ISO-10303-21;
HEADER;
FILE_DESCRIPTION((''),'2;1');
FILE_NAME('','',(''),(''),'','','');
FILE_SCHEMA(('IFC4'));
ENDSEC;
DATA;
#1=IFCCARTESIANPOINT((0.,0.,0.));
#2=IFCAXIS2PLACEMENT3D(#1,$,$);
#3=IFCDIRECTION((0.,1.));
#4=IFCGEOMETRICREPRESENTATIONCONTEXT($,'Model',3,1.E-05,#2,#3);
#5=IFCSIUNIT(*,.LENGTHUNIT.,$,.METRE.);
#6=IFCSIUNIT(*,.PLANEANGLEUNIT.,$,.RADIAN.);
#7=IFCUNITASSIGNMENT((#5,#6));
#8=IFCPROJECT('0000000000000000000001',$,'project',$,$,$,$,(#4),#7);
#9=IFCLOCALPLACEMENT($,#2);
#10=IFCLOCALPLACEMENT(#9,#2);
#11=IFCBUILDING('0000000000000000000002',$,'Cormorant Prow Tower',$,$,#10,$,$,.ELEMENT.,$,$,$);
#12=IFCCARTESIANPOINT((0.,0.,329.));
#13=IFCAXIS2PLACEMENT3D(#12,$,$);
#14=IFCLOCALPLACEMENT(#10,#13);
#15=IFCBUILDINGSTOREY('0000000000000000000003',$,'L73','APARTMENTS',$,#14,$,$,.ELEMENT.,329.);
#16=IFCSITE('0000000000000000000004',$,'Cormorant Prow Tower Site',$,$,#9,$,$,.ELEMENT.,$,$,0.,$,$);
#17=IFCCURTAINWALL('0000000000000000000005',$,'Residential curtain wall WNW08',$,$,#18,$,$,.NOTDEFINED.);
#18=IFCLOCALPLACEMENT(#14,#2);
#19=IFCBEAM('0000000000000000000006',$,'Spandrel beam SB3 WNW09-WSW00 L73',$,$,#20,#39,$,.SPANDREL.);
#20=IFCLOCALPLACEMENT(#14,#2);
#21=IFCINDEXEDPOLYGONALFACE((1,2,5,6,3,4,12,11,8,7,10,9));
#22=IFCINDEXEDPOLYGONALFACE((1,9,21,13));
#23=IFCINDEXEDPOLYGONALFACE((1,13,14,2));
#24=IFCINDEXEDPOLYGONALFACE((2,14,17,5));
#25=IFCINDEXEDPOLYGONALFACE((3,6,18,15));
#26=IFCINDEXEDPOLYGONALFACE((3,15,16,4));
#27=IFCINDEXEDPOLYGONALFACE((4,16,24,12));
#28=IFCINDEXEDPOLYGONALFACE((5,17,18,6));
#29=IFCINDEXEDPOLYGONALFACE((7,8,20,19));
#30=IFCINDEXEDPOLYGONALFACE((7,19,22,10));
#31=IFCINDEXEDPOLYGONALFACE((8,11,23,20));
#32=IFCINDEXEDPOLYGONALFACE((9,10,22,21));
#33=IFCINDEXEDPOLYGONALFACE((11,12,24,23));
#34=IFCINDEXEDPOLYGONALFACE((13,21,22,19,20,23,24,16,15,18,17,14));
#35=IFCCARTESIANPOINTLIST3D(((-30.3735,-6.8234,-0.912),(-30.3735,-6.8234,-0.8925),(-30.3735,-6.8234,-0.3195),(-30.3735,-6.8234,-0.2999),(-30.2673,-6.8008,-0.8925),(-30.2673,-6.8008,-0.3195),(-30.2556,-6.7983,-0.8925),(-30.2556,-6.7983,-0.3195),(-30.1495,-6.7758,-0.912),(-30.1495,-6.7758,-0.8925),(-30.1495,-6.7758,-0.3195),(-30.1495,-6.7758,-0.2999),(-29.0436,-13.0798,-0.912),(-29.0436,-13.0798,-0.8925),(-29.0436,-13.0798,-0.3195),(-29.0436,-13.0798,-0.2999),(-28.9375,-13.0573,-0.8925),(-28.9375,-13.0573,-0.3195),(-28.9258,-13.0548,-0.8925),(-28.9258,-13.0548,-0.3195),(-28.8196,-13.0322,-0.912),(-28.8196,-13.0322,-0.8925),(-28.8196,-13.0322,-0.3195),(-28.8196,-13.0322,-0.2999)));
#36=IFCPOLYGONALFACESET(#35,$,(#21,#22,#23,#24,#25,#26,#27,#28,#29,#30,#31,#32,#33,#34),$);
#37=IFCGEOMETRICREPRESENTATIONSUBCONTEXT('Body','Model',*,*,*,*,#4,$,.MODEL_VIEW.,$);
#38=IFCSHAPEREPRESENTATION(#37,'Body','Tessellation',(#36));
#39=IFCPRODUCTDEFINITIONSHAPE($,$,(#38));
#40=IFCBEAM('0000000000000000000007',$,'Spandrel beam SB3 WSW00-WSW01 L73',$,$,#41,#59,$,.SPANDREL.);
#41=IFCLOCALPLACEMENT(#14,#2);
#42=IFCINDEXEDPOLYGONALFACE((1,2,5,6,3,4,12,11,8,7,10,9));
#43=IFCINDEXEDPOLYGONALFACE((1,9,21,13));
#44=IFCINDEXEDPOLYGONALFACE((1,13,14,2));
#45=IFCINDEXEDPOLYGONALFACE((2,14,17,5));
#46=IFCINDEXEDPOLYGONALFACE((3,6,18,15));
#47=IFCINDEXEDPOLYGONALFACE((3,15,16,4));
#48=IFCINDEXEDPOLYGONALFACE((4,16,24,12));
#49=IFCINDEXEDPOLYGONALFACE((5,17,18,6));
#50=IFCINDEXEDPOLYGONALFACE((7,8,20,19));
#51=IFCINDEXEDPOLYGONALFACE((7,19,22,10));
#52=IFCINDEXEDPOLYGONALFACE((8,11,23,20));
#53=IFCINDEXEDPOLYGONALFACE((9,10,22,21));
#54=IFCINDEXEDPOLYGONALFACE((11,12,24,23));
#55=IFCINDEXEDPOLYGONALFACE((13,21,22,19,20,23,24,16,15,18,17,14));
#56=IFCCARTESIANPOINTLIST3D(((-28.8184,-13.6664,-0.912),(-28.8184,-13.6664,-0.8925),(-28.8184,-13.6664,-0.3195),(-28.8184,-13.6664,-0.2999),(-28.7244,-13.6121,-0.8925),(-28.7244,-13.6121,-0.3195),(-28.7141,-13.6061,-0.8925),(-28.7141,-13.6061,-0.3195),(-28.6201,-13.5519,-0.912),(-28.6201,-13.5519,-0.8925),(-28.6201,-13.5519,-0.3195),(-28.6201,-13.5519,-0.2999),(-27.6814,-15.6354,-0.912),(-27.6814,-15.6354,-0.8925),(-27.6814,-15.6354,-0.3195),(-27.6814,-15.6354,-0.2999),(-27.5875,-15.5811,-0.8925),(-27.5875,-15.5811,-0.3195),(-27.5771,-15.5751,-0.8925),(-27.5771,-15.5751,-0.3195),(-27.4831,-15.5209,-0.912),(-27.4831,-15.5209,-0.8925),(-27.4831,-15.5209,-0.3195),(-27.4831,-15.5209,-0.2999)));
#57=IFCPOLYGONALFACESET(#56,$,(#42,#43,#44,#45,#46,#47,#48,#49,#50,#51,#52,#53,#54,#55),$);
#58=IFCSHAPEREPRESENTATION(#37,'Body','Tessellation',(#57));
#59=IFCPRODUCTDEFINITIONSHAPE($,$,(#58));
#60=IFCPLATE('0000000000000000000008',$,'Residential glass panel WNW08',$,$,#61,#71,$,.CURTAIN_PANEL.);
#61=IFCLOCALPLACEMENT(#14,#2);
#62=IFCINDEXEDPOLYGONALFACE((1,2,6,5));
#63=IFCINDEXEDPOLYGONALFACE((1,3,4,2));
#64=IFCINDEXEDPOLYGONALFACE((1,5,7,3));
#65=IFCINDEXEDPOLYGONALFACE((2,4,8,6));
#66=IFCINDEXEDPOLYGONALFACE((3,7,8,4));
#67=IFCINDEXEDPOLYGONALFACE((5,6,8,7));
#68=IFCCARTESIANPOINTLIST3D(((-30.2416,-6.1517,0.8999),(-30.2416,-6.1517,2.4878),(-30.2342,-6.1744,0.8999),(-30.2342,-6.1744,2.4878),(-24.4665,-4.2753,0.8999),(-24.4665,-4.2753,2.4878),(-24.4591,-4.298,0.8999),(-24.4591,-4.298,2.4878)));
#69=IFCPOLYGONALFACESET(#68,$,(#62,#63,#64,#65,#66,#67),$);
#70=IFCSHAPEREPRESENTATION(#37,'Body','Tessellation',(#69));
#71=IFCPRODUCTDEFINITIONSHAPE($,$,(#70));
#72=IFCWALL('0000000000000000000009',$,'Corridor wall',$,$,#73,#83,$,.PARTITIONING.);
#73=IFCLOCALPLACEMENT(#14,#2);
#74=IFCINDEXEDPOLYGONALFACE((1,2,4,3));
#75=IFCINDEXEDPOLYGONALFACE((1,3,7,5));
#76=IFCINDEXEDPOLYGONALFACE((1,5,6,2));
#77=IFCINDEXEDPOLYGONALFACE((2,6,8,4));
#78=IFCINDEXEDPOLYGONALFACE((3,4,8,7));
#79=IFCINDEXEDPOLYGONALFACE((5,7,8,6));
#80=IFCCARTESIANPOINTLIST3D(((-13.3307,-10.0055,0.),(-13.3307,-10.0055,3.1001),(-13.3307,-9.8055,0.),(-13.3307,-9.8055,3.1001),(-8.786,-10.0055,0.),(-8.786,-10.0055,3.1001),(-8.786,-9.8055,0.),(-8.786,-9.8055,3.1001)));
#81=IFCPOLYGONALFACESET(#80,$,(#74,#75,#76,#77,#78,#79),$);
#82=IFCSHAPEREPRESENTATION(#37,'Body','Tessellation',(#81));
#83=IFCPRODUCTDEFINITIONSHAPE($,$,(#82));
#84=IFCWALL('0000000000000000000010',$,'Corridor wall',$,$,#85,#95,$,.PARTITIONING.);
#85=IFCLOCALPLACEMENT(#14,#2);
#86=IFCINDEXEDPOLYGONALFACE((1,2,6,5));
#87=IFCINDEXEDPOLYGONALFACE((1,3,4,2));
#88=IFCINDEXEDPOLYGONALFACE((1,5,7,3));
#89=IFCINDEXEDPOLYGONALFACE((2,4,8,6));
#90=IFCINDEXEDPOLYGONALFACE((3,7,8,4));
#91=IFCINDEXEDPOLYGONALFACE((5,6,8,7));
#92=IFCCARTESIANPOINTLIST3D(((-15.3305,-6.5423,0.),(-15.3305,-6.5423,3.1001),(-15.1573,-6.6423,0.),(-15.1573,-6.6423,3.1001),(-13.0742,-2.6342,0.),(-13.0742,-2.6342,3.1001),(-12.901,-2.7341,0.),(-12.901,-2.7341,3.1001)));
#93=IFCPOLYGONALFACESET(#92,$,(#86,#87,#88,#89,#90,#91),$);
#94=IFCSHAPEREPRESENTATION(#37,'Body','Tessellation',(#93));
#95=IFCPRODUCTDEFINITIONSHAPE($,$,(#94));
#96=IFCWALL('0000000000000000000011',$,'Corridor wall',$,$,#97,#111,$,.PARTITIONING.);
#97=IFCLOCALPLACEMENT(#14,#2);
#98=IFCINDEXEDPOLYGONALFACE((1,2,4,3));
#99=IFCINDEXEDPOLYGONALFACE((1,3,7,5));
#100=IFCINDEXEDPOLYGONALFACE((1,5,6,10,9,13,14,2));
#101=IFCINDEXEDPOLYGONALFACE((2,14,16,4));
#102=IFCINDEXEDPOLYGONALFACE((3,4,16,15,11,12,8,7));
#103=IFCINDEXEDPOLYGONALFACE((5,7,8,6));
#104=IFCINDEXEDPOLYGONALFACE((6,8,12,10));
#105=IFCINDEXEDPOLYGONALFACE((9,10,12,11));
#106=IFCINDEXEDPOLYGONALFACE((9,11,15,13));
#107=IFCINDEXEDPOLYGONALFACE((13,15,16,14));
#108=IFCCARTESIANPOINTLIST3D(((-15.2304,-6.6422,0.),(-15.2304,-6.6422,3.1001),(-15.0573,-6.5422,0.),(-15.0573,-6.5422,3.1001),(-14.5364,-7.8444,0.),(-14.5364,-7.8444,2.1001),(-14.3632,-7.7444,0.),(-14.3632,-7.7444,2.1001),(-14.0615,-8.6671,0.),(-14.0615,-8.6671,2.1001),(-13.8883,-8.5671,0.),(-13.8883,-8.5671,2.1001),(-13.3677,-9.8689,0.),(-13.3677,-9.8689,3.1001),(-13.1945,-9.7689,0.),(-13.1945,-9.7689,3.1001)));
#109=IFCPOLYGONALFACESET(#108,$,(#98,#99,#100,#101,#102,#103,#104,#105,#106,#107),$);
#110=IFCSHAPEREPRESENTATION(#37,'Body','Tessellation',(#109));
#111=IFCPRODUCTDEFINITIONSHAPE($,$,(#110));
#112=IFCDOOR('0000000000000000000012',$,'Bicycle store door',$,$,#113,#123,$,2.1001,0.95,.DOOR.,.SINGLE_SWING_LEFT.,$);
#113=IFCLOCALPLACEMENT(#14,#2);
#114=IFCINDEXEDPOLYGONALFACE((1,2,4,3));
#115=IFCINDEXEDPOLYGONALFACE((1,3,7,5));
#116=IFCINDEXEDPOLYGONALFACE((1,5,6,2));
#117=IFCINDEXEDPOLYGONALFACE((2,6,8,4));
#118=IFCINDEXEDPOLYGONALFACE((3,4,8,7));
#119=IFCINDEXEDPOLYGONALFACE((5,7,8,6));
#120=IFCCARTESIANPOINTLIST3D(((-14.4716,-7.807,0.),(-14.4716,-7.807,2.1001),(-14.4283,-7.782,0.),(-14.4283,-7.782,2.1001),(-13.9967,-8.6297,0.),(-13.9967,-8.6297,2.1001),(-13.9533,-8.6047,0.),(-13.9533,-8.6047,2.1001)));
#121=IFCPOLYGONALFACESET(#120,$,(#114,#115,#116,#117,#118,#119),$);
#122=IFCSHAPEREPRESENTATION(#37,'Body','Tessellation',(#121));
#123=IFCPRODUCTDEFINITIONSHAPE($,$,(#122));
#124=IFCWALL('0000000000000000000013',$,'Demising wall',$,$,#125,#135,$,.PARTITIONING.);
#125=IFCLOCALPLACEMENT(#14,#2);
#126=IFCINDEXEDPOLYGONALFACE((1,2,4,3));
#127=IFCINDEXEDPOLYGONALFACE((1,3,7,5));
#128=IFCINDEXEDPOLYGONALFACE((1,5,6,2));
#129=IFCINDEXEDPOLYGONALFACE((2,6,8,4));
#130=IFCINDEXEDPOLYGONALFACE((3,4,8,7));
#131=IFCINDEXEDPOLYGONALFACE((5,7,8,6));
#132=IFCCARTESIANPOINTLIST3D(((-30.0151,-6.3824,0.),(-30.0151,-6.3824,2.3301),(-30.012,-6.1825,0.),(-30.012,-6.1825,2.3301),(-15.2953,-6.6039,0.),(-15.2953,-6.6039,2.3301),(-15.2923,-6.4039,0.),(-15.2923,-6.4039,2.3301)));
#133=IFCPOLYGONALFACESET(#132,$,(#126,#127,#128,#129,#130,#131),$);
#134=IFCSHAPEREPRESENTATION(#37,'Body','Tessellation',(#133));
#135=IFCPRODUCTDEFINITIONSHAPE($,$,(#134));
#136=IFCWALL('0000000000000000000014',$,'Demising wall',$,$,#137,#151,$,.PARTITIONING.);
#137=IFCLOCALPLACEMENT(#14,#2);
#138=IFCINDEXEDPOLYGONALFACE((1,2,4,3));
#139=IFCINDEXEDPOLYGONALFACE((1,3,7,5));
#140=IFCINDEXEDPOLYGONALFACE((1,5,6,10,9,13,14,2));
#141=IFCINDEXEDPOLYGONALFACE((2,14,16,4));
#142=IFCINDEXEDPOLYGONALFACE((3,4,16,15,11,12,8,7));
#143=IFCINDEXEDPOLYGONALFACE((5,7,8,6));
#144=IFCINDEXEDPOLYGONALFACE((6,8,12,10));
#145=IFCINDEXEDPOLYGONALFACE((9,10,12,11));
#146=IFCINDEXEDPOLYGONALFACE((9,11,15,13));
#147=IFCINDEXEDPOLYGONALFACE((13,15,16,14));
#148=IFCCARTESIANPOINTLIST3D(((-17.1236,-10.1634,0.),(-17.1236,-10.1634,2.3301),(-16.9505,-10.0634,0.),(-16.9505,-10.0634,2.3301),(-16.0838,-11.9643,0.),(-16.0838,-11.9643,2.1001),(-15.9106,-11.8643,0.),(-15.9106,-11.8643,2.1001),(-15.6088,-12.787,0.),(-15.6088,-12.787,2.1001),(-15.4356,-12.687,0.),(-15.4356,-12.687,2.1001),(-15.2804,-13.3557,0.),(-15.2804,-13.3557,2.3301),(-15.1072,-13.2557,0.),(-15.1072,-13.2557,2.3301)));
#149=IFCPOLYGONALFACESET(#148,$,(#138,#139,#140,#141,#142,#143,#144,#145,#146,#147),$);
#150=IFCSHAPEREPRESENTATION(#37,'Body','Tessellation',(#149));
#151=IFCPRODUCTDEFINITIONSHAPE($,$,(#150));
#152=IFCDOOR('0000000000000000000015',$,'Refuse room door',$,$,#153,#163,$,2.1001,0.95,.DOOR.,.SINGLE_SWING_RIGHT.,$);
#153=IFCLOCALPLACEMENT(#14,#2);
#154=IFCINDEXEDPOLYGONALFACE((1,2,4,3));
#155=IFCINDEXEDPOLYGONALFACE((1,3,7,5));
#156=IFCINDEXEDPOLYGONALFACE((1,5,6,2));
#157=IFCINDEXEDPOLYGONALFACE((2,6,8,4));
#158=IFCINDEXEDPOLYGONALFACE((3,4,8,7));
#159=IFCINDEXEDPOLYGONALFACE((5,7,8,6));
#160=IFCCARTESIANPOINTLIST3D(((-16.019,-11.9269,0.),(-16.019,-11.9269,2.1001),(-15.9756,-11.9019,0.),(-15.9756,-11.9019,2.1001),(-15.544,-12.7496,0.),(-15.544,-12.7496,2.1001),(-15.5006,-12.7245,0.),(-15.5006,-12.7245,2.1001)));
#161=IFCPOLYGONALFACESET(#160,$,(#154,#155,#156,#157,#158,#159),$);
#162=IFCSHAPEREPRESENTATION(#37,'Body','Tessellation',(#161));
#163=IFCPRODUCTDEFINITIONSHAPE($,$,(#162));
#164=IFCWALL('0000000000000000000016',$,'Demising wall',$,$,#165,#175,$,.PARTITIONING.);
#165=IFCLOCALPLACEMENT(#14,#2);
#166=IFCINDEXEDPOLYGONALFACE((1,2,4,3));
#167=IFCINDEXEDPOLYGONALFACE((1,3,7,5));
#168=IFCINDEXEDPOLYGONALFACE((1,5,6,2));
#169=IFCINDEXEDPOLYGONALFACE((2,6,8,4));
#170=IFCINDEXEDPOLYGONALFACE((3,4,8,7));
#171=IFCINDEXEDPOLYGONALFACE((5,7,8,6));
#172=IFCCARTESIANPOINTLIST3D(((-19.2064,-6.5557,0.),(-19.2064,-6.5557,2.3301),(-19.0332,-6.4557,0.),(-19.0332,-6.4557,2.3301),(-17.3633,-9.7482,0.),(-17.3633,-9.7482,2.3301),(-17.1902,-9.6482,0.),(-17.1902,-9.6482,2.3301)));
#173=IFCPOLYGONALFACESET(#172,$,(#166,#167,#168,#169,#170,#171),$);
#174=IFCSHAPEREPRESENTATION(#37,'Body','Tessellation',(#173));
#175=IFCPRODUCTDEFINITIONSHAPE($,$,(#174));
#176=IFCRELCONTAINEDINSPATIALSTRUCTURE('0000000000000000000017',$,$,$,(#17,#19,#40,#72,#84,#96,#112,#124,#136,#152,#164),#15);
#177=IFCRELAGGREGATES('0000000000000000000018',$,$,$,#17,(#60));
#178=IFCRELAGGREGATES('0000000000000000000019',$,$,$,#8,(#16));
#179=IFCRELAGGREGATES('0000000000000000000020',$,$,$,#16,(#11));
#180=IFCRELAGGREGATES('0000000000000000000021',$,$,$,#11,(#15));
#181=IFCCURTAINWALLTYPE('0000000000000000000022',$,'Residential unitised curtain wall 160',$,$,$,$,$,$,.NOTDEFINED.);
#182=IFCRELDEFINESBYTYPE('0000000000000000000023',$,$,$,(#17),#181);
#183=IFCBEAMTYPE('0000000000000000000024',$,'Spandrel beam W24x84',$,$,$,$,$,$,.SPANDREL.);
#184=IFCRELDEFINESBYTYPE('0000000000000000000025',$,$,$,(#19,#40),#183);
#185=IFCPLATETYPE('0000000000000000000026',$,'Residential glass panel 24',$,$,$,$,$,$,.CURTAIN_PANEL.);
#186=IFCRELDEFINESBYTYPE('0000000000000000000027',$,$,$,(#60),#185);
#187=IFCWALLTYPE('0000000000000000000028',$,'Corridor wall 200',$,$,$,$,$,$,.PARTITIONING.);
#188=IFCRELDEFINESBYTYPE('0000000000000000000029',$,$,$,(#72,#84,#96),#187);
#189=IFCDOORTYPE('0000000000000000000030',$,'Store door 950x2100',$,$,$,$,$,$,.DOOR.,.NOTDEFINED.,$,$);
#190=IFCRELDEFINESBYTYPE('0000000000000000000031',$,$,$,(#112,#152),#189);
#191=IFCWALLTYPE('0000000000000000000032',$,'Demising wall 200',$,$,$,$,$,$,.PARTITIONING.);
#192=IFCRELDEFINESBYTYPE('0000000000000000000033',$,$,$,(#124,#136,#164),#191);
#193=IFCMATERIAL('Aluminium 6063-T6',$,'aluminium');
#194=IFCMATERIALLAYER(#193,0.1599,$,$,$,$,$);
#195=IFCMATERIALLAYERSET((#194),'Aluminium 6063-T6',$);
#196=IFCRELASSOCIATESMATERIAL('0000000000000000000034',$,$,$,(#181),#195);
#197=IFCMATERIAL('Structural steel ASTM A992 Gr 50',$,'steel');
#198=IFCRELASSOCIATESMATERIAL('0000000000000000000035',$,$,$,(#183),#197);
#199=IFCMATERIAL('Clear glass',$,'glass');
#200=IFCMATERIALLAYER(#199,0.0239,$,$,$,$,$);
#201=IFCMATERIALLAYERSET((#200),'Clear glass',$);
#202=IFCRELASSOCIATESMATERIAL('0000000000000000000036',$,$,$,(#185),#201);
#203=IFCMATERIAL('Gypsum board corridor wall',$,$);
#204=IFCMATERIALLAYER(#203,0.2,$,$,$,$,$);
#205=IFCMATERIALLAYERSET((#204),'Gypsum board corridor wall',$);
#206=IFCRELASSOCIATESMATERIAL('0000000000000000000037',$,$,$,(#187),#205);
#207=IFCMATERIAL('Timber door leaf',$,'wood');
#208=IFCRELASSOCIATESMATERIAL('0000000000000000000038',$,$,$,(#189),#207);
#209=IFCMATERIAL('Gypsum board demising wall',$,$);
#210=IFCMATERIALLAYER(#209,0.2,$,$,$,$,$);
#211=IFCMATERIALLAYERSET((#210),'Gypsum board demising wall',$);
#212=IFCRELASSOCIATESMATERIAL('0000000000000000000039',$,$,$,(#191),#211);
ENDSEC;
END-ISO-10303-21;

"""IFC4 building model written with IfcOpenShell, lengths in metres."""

from ifc_helpers import new_model, si_unit, direction, frame, frame_2d, origin, origin_2d, place, context, subcontext, project, spatial, rectangle, i_section, extrude, material, layer, layer_set, material_profile, profile_set, type_object, element, fill, aggregate, save


model = new_model("IFC4")

# Units and contexts
model_context = context("Model", 3, precision=1e-05, world=origin(), true_north=direction((0.0, 1.0)))
body_context = subcontext(model_context, "Body", "Model", "MODEL_VIEW")
ifc_project = project(units=[si_unit("LENGTHUNIT", "METRE"), si_unit("PLANEANGLEUNIT", "RADIAN")], contexts=[model_context])

# Site, building, storey
site_placement = place(None, origin())
site = spatial("IfcSite", under=ifc_project, at=site_placement, Name="Cormorant Prow Tower Site", CompositionType="ELEMENT", RefElevation=0.0)
building_placement = place(site_placement, origin())
building = spatial("IfcBuilding", under=site, at=building_placement, Name="Cormorant Prow Tower", CompositionType="ELEMENT")
storey_placement = place(building_placement, frame((0.0, 0.0, 329.0)))
storey = spatial("IfcBuildingStorey", under=building, at=storey_placement, Name="L73", Description="APARTMENTS", CompositionType="ELEMENT", Elevation=329.0)

# Curtain wall
ifc_material_1 = material(Name="Aluminium 6063-T6", Category="aluminium")
ifc_layer_1 = layer(ifc_material_1, 0.1599)
ifc_layer_set_1 = layer_set([ifc_layer_1], Name="Aluminium 6063-T6")
curtain_wall_type = type_object("IfcCurtainWallType", Name="Residential unitised curtain wall 160", PredefinedType="NOTDEFINED", material=ifc_layer_set_1)
curtain_wall_placement = place(storey_placement, origin())
curtain_wall = element("IfcCurtainWall", 1, at=curtain_wall_placement, inside=storey, type_object=curtain_wall_type, Name="Residential curtain wall WNW08", PredefinedType="NOTDEFINED")

# Beams
ifc_material_2 = material(Name="Structural steel ASTM A992 Gr 50", Category="steel")
ifc_material_profile_1 = material_profile(ifc_material_2, i_section(OverallWidth=0.229, OverallDepth=0.6121, WebThickness=0.012, FlangeThickness=0.0195, at=origin_2d()), Name="W24x84")
ifc_profile_set_1 = profile_set([ifc_material_profile_1], Name="Structural steel ASTM A992 Gr 50")
beam_type_1 = type_object("IfcBeamType", Name="Spandrel beam W24x84", PredefinedType="SPANDREL", material=ifc_profile_set_1)
beam_1_placement = place(storey_placement, frame((-30.2615, -6.7996, -0.606), z_axis=(0.207913, -0.978147, 0.0), x_axis=(0.978147, 0.207913, 0.0)))
element("IfcBeam", 2, at=beam_1_placement, inside=storey, type_object=beam_type_1, Name="Spandrel beam SB3 WNW09-WSW00 L73", PredefinedType="SPANDREL", context=body_context, shape_type="SweptSolid", body=[
    extrude(i_section(OverallWidth=0.229, OverallDepth=0.6121, WebThickness=0.012, FlangeThickness=0.0195, at=origin_2d()), origin(), (0.0, 0.0, 1.0), 6.3962),
])
beam_2_placement = place(storey_placement, frame((-28.7192, -13.6091, -0.606), z_axis=(0.500054, -0.865994, 0.0), x_axis=(0.865994, 0.500054, 0.0)))
element("IfcBeam", 3, at=beam_2_placement, inside=storey, type_object=beam_type_1, Name="Spandrel beam SB3 WSW00-WSW01 L73", PredefinedType="SPANDREL", context=body_context, shape_type="SweptSolid", body=[
    extrude(i_section(OverallWidth=0.229, OverallDepth=0.6121, WebThickness=0.012, FlangeThickness=0.0195, at=origin_2d()), origin(), (0.0, 0.0, 1.0), 2.2737),
])

# Plate
ifc_material_3 = material(Name="Clear glass", Category="glass")
ifc_layer_2 = layer(ifc_material_3, 0.0239)
ifc_layer_set_2 = layer_set([ifc_layer_2], Name="Clear glass")
plate_type = type_object("IfcPlateType", Name="Residential glass panel 24", PredefinedType="CURTAIN_PANEL", material=ifc_layer_set_2)
plate_placement = place(storey_placement, frame((-27.3503, -5.2249, 0.8999), z_axis=(0.0, 0.0, 1.0), x_axis=(-0.951057, -0.309017, 0.0)))
plate = element("IfcPlate", 4, at=plate_placement, type_object=plate_type, Name="Residential glass panel WNW08", PredefinedType="CURTAIN_PANEL", context=body_context, shape_type="SweptSolid", body=[
    extrude(rectangle(XDim=6.0723, YDim=0.0239, at=origin_2d()), origin(), (0.0, 0.0, 1.0), 1.5879),
])
aggregate(curtain_wall, [plate])

# Walls
ifc_material_4 = material(Name="Gypsum board corridor wall")
ifc_layer_3 = layer(ifc_material_4, 0.2)
ifc_layer_set_3 = layer_set([ifc_layer_3], Name="Gypsum board corridor wall")
wall_type_1 = type_object("IfcWallType", Name="Corridor wall 200", PredefinedType="PARTITIONING", material=ifc_layer_set_3)
wall_1_placement = place(storey_placement, frame((-13.3308, -9.9055, 0.0), z_axis=(0.0, 0.0, 1.0), x_axis=(1.0, 0.0, 0.0)))
element("IfcWall", 5, at=wall_1_placement, inside=storey, type_object=wall_type_1, Name="Corridor wall", PredefinedType="PARTITIONING", context=body_context, shape_type="SweptSolid", body=[
    extrude(rectangle(XDim=4.5447, YDim=0.2, at=frame_2d((2.2725, 0.0))), origin(), (0.0, 0.0, 1.0), 3.1001),
])
wall_2_placement = place(storey_placement, frame((-15.2439, -6.5923, 0.0), z_axis=(0.0, 0.0, 1.0), x_axis=(0.499991, 0.866031, 0.0)))
element("IfcWall", 6, at=wall_2_placement, inside=storey, type_object=wall_type_1, Name="Corridor wall", PredefinedType="PARTITIONING", context=body_context, shape_type="SweptSolid", body=[
    extrude(rectangle(XDim=4.5127, YDim=0.2, at=frame_2d((2.2563, 0.0))), origin(), (0.0, 0.0, 1.0), 3.1001),
])

# Wall, opening, door
wall_3_placement = place(storey_placement, frame((-15.1438, -6.5923, 0.0), z_axis=(0.0, 0.0, 1.0), x_axis=(0.499959, -0.866049, 0.0)))
wall_3 = element("IfcWall", 7, at=wall_3_placement, inside=storey, type_object=wall_type_1, Name="Corridor wall", PredefinedType="PARTITIONING", context=body_context, shape_type="SweptSolid", body=[
    extrude(rectangle(XDim=3.7258, YDim=0.2, at=frame_2d((1.8628, 0.0))), origin(), (0.0, 0.0, 1.0), 3.1001),
])
opening_1_placement = place(wall_3_placement, frame((1.3879, 0.0, 0.0)))
opening_1 = element("IfcOpeningElement", 8, at=opening_1_placement, cuts=wall_3, PredefinedType="OPENING", context=body_context, shape_type="SweptSolid", body=[
    extrude(rectangle(XDim=0.95, YDim=2.1001, at=frame_2d((0.4751, 1.05))), frame((0.0, 0.1099, 0.0), z_axis=(0.0, -1.0, 0.0), x_axis=(1.0, 0.0, 0.0)), (0.0, 0.0, 1.0), 0.22),
])
ifc_material_5 = material(Name="Timber door leaf", Category="wood")
door_type_1 = type_object("IfcDoorType", Name="Store door 950x2100", OperationType="NOTDEFINED", PredefinedType="DOOR", material=ifc_material_5)
door_1_placement = place(opening_1_placement, origin())
door_1 = element("IfcDoor", 9, at=door_1_placement, inside=storey, type_object=door_type_1, Name="Bicycle store door", OperationType="SINGLE_SWING_LEFT", OverallHeight=2.1001, OverallWidth=0.95, PredefinedType="DOOR", context=body_context, shape_type="SweptSolid", body=[
    extrude(rectangle(XDim=0.95, YDim=2.1001, at=frame_2d((0.4751, 1.05))), frame((0.0, 0.0249, 0.0), z_axis=(0.0, -1.0, 0.0), x_axis=(1.0, 0.0, 0.0)), (0.0, 0.0, 1.0), 0.05),
])
fill(opening_1, door_1)

# Wall
ifc_material_6 = material(Name="Gypsum board demising wall")
ifc_layer_4 = layer(ifc_material_6, 0.2)
ifc_layer_set_4 = layer_set([ifc_layer_4], Name="Gypsum board demising wall")
wall_type_2 = type_object("IfcWallType", Name="Demising wall 200", PredefinedType="PARTITIONING", material=ifc_layer_set_4)
wall_4_placement = place(storey_placement, frame((-30.0137, -6.2825, 0.0), z_axis=(0.0, 0.0, 1.0), x_axis=(0.999887, -0.015042, 0.0)))
element("IfcWall", 10, at=wall_4_placement, inside=storey, type_object=wall_type_2, Name="Demising wall", PredefinedType="PARTITIONING", context=body_context, shape_type="SweptSolid", body=[
    extrude(rectangle(XDim=14.7214, YDim=0.2, at=frame_2d((7.3608, 0.0))), origin(), (0.0, 0.0, 1.0), 2.3301),
])

# Wall, opening, door
wall_5_placement = place(storey_placement, frame((-17.0371, -10.1133, 0.0), z_axis=(0.0, 0.0, 1.0), x_axis=(0.500028, -0.866009, 0.0)))
wall_5 = element("IfcWall", 11, at=wall_5_placement, inside=storey, type_object=wall_type_2, Name="Demising wall", PredefinedType="PARTITIONING", context=body_context, shape_type="SweptSolid", body=[
    extrude(rectangle(XDim=3.6863, YDim=0.2, at=frame_2d((1.8433, 0.0))), origin(), (0.0, 0.0, 1.0), 2.3301),
])
opening_2_placement = place(wall_5_placement, frame((2.0796, 0.0, 0.0)))
opening_2 = element("IfcOpeningElement", 12, at=opening_2_placement, cuts=wall_5, PredefinedType="OPENING", context=body_context, shape_type="SweptSolid", body=[
    extrude(rectangle(XDim=0.95, YDim=2.1001, at=frame_2d((0.4751, 1.05))), frame((0.0, 0.1099, 0.0), z_axis=(0.0, -1.0, 0.0), x_axis=(1.0, 0.0, 0.0)), (0.0, 0.0, 1.0), 0.22),
])
door_2_placement = place(opening_2_placement, origin())
door_2 = element("IfcDoor", 13, at=door_2_placement, inside=storey, type_object=door_type_1, Name="Refuse room door", OperationType="SINGLE_SWING_RIGHT", OverallHeight=2.1001, OverallWidth=0.95, PredefinedType="DOOR", context=body_context, shape_type="SweptSolid", body=[
    extrude(rectangle(XDim=0.95, YDim=2.1001, at=frame_2d((0.4751, 1.05))), frame((0.0, 0.0249, 0.0), z_axis=(0.0, -1.0, 0.0), x_axis=(1.0, 0.0, 0.0)), (0.0, 0.0, 1.0), 0.05),
])
fill(opening_2, door_2)

# Wall
wall_6_placement = place(storey_placement, frame((-19.1199, -6.5056, 0.0), z_axis=(0.0, 0.0, 1.0), x_axis=(0.499979, -0.866038, 0.0)))
element("IfcWall", 14, at=wall_6_placement, inside=storey, type_object=wall_type_2, Name="Demising wall", PredefinedType="PARTITIONING", context=body_context, shape_type="SweptSolid", body=[
    extrude(rectangle(XDim=3.6863, YDim=0.2, at=frame_2d((1.8433, 0.0))), origin(), (0.0, 0.0, 1.0), 2.3301),
])

save(model, "model.ifc")
